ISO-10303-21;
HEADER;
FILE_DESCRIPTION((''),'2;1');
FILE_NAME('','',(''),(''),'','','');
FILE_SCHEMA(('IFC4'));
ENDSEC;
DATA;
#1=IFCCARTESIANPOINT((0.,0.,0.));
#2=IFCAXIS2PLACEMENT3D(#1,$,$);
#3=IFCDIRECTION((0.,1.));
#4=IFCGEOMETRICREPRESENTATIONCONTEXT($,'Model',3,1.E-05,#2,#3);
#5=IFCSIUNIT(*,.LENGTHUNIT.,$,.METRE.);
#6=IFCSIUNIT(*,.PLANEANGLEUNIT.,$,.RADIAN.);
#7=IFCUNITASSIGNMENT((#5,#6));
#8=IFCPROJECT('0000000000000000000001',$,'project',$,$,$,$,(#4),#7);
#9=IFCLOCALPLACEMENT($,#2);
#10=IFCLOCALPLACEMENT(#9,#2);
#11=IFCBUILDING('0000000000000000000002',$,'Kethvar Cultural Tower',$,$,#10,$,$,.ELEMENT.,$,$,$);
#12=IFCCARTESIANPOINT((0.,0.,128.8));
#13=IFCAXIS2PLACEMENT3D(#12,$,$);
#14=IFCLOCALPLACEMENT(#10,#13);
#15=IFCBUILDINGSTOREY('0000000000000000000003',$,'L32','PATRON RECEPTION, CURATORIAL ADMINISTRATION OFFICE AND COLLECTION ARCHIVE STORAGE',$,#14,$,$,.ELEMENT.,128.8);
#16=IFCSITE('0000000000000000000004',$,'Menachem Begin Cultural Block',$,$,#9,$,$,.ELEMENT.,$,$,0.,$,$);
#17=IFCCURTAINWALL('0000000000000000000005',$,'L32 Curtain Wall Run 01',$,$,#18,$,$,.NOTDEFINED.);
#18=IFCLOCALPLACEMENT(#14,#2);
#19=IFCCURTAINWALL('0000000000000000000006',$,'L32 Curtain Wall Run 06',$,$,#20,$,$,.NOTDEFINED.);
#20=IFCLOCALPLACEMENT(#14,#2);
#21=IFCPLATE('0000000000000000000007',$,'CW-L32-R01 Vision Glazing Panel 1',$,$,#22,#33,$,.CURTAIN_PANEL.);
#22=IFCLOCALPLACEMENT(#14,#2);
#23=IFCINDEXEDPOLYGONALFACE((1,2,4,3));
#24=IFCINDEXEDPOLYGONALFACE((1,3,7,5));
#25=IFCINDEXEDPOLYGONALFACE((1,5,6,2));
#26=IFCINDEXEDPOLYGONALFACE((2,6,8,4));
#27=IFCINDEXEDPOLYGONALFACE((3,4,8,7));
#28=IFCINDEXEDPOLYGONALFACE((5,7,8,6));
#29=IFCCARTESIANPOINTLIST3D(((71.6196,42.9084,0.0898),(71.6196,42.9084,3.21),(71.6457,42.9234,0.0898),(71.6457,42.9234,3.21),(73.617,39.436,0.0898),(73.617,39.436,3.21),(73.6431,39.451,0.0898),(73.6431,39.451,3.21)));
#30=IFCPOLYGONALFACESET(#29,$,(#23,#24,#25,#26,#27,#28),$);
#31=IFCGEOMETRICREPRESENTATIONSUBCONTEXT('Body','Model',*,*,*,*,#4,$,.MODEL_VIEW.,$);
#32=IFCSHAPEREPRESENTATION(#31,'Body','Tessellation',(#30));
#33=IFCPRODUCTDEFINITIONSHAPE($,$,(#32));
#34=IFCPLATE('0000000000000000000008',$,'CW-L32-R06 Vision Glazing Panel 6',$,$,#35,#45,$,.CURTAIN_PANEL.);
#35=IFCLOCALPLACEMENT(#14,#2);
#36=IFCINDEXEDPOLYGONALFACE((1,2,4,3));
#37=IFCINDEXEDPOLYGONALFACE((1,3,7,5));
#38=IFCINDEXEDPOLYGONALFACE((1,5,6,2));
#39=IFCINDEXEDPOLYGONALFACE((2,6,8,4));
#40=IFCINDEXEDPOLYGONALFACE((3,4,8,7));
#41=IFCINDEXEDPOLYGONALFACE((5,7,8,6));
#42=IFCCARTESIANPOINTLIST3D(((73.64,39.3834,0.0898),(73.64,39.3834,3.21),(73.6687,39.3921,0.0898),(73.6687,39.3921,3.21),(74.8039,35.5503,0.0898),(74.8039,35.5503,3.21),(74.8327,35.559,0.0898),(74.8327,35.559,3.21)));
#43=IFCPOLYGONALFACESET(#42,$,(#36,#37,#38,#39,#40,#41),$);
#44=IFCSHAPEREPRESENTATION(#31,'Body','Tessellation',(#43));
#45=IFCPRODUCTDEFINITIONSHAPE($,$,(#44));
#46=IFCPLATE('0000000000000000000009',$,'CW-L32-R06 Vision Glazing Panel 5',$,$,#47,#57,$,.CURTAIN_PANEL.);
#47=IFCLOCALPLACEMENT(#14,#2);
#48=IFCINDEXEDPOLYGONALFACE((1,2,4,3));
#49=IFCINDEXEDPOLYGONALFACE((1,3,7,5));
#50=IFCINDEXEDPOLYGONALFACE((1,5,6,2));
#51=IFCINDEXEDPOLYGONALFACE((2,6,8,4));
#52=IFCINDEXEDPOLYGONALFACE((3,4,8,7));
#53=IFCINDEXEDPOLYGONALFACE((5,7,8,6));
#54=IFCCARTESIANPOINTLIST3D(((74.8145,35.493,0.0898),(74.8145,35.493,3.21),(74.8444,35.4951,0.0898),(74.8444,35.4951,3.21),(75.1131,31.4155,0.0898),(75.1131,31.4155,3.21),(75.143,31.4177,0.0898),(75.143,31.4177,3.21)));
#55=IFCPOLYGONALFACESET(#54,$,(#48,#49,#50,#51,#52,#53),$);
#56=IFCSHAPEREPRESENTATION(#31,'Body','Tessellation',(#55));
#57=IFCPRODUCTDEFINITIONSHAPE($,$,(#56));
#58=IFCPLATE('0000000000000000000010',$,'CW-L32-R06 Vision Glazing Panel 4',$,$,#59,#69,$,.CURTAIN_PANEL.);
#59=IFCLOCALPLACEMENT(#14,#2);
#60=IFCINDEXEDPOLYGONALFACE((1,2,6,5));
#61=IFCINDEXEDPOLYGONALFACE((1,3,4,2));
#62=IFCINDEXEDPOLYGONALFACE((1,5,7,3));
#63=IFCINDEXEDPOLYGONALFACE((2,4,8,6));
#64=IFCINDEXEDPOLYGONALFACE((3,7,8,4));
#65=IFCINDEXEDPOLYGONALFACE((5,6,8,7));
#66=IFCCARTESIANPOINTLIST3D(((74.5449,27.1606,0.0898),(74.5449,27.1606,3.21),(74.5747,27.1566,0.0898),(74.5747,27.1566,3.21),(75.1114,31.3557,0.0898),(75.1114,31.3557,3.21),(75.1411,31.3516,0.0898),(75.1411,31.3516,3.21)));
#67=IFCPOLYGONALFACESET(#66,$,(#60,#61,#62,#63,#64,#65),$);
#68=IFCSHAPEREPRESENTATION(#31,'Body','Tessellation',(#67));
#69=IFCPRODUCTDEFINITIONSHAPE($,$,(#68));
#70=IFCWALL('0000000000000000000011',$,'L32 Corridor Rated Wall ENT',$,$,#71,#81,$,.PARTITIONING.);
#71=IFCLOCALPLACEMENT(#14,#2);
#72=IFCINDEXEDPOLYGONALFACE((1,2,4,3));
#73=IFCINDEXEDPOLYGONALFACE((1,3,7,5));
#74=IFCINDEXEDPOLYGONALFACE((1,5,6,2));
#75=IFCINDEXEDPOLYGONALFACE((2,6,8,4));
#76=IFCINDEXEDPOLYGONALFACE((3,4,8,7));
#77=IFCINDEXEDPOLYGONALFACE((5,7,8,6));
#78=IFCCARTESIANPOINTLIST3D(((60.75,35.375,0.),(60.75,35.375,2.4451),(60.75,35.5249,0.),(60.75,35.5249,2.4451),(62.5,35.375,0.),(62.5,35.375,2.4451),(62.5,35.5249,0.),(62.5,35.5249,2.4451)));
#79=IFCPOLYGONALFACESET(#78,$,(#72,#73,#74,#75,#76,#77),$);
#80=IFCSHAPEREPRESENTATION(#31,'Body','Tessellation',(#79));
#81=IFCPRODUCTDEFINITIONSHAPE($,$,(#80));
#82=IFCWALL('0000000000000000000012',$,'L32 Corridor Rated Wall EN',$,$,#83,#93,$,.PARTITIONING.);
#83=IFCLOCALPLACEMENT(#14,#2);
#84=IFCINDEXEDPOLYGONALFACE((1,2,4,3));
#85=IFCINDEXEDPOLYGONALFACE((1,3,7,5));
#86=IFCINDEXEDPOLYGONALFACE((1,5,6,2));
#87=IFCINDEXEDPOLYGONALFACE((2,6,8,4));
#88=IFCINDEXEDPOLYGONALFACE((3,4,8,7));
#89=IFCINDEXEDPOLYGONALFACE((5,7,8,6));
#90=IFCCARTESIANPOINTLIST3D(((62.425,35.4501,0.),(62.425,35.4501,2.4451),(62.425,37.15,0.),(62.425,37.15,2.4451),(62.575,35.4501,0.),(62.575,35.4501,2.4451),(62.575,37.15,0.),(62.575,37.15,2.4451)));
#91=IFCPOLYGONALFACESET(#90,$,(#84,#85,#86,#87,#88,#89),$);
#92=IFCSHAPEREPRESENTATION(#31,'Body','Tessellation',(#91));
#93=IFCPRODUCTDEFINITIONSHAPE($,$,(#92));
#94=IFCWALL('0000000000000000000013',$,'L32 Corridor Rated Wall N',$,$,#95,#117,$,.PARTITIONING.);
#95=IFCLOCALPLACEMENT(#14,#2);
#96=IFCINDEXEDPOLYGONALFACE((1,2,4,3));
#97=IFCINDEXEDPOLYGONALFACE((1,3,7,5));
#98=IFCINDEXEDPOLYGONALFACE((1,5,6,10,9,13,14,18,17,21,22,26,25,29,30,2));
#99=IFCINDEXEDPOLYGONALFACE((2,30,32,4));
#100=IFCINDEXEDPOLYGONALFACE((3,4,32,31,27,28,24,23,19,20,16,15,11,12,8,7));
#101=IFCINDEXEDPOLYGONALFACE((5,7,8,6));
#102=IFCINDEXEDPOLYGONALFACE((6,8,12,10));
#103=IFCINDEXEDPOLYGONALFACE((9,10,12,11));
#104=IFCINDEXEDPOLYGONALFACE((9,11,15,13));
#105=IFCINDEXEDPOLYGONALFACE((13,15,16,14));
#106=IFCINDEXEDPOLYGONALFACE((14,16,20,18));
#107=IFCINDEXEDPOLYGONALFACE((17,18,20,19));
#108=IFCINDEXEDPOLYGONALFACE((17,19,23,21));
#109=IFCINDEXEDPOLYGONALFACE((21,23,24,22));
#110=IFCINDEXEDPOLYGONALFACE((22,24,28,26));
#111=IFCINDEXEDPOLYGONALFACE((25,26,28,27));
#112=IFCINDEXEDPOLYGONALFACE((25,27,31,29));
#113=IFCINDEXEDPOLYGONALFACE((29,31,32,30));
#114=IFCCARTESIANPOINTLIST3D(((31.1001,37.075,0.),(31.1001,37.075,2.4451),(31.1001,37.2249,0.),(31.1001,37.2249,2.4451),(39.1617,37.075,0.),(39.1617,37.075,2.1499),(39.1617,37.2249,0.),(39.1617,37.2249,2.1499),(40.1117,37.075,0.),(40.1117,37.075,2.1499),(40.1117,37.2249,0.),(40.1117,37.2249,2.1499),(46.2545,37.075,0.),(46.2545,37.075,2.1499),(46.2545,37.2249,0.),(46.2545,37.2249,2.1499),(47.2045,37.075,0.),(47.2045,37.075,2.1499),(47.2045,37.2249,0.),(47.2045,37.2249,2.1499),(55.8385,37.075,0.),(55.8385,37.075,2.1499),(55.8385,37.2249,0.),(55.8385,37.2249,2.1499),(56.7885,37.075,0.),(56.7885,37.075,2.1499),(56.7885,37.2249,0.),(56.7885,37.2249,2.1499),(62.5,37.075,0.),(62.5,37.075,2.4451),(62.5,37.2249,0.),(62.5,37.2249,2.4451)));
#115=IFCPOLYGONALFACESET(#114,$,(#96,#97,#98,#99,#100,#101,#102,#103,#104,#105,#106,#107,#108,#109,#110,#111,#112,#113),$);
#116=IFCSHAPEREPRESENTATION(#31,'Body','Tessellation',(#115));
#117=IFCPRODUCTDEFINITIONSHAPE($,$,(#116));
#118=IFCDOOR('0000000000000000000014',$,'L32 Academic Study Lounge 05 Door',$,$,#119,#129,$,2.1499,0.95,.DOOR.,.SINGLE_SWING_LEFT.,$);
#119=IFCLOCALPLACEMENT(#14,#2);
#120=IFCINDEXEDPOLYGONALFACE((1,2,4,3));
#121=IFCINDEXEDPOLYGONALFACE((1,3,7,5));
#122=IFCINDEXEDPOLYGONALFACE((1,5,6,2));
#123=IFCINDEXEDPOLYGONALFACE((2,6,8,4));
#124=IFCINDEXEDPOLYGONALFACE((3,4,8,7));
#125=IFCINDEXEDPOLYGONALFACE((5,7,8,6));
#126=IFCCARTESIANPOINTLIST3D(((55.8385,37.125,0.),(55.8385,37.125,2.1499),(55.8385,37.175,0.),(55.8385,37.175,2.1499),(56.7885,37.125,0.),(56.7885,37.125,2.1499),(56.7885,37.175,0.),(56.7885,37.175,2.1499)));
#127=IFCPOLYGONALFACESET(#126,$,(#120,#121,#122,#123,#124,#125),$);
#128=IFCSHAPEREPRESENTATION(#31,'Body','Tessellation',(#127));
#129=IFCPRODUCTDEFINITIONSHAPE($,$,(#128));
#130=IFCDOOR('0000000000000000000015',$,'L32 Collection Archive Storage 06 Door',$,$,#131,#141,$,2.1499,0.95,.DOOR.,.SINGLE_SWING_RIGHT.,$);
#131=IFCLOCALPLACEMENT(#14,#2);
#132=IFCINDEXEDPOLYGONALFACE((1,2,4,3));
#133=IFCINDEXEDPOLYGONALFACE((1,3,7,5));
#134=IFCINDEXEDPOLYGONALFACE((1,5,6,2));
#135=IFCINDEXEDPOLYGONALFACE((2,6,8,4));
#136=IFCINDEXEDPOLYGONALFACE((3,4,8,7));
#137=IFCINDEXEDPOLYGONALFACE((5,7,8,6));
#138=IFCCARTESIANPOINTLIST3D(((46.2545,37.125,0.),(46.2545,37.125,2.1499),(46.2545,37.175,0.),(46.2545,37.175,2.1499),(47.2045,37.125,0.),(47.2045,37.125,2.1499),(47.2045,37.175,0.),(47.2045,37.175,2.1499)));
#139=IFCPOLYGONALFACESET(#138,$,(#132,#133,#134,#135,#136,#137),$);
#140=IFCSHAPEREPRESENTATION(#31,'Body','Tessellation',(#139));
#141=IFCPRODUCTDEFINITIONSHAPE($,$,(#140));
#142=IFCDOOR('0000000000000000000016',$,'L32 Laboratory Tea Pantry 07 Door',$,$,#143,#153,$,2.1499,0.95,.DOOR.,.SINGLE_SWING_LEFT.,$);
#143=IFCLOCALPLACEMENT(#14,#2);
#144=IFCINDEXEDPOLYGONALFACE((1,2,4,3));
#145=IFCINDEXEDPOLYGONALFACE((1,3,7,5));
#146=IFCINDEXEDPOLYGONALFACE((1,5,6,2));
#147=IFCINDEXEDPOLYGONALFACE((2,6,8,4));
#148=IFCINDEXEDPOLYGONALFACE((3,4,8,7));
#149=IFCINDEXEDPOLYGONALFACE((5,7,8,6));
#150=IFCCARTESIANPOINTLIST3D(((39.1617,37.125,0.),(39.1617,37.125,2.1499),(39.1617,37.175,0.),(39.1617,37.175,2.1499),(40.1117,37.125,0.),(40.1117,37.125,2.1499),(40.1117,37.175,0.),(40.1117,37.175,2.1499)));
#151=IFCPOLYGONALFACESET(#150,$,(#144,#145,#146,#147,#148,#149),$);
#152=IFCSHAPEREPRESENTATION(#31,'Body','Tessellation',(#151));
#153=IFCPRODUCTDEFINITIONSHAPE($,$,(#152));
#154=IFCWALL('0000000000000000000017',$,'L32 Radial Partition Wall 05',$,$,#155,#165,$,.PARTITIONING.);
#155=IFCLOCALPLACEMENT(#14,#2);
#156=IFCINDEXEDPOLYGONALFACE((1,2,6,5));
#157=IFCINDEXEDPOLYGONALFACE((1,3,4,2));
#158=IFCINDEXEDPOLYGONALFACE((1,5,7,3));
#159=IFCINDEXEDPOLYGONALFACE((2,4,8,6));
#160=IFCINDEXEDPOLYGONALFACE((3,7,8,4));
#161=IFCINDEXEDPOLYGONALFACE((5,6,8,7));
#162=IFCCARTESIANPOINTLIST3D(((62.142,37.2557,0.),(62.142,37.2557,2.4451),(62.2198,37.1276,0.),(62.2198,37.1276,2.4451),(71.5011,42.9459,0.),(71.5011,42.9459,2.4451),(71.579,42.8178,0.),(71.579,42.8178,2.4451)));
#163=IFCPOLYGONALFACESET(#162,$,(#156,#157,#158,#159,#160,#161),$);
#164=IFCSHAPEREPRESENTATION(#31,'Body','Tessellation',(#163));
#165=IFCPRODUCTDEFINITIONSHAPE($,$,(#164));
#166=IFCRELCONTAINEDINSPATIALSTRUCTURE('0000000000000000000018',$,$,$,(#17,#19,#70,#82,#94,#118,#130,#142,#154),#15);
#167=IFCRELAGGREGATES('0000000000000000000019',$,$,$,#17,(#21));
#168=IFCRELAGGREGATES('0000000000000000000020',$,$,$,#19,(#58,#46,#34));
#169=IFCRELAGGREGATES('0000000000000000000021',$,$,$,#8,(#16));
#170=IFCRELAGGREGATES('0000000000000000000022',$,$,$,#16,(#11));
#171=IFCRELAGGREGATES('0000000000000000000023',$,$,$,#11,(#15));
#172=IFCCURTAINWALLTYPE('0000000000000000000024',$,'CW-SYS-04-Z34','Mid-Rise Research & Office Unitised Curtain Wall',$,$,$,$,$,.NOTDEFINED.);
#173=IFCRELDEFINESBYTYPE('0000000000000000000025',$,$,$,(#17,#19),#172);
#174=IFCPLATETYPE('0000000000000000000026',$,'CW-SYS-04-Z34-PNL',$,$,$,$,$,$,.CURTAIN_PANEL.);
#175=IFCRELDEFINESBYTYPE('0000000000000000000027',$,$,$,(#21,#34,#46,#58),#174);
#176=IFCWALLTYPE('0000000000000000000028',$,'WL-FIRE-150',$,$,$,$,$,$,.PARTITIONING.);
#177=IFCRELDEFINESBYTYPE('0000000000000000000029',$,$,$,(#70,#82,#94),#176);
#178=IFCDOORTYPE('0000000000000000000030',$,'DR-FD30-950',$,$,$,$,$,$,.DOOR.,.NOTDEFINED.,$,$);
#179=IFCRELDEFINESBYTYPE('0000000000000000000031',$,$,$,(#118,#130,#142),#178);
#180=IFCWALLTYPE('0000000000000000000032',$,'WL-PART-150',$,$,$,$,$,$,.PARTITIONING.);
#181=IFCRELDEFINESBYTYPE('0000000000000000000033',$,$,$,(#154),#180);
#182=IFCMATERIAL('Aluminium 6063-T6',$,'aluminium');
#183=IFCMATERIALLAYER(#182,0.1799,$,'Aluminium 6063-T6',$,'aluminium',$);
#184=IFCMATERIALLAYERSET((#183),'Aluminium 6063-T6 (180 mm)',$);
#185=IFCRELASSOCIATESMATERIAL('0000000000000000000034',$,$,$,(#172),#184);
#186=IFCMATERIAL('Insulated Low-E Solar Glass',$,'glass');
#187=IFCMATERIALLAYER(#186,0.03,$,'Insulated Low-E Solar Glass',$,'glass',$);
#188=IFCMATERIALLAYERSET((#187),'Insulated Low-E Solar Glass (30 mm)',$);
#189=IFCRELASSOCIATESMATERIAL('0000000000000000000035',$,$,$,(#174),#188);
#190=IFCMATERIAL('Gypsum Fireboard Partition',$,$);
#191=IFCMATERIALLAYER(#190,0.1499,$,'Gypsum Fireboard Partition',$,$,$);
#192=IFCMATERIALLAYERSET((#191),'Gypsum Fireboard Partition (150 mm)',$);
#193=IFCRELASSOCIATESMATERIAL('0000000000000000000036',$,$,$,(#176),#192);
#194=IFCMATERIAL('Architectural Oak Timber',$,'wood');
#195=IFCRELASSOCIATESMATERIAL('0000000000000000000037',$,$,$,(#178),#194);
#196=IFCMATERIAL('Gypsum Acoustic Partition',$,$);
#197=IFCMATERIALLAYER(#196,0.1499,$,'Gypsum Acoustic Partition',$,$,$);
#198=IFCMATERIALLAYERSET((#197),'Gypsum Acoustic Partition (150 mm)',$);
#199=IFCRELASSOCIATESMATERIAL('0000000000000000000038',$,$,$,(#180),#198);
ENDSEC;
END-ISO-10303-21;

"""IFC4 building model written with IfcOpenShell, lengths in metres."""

from ifc_helpers import new_model, si_unit, direction, frame, frame_2d, origin, origin_2d, place, context, subcontext, project, spatial, rectangle, extrude, source, transform, mapped, material, layer, layer_set, type_object, element, fill, aggregate, save


model = new_model("IFC4")

# Units and contexts
model_context = context("Model", 3, precision=1e-05, world=origin(), true_north=direction((0.0, 1.0)))
body_context = subcontext(model_context, "Body", "Model", "MODEL_VIEW")
ifc_project = project(units=[si_unit("LENGTHUNIT", "METRE"), si_unit("PLANEANGLEUNIT", "RADIAN")], contexts=[model_context])

# Site, building, storey
site_placement = place(None, origin())
site = spatial("IfcSite", under=ifc_project, at=site_placement, Name="Menachem Begin Cultural Block", CompositionType="ELEMENT", RefElevation=0.0)
building_placement = place(site_placement, origin())
building = spatial("IfcBuilding", under=site, at=building_placement, Name="Kethvar Cultural Tower", CompositionType="ELEMENT")
storey_placement = place(building_placement, frame((0.0, 0.0, 128.8)))
storey = spatial("IfcBuildingStorey", under=building, at=storey_placement, Name="L32", Description="PATRON RECEPTION, CURATORIAL ADMINISTRATION OFFICE AND COLLECTION ARCHIVE STORAGE", CompositionType="ELEMENT", Elevation=128.8)

# Curtain wall
ifc_material_1 = material(Name="Aluminium 6063-T6", Category="aluminium")
ifc_layer_1 = layer(ifc_material_1, 0.1799, Name="Aluminium 6063-T6", Category="aluminium")
ifc_layer_set_1 = layer_set([ifc_layer_1], Name="Aluminium 6063-T6 (180 mm)")
curtain_wall_type = type_object("IfcCurtainWallType", Name="CW-SYS-04-Z34", Description="Mid-Rise Research & Office Unitised Curtain Wall", PredefinedType="NOTDEFINED", material=ifc_layer_set_1)
curtain_wall_1_placement = place(storey_placement, origin())
curtain_wall_1 = element("IfcCurtainWall", 1, at=curtain_wall_1_placement, inside=storey, type_object=curtain_wall_type, Name="L32 Curtain Wall Run 01", PredefinedType="NOTDEFINED")

# Curtain wall
curtain_wall_2_placement = place(storey_placement, origin())
curtain_wall_2 = element("IfcCurtainWall", 2, at=curtain_wall_2_placement, inside=storey, type_object=curtain_wall_type, Name="L32 Curtain Wall Run 06", PredefinedType="NOTDEFINED")

# Plates
ifc_material_2 = material(Name="Insulated Low-E Solar Glass", Category="glass")
ifc_layer_2 = layer(ifc_material_2, 0.03, Name="Insulated Low-E Solar Glass", Category="glass")
ifc_layer_set_2 = layer_set([ifc_layer_2], Name="Insulated Low-E Solar Glass (30 mm)")
plate_type = type_object("IfcPlateType", Name="CW-SYS-04-Z34-PNL", PredefinedType="CURTAIN_PANEL", material=ifc_layer_set_2)
shared_shape_1 = source(origin(), body_context, "Body", "SweptSolid", [
    extrude(rectangle(XDim=4.0059, YDim=0.03, at=origin_2d()), origin(), (0.0, 0.0, 1.0), 3.1201),
])
plate_1_placement = place(storey_placement, frame((72.6313, 41.1797, 0.0898), z_axis=(0.0, 0.0, 1.0), x_axis=(-0.498624, 0.866818, 0.0)))
plate_1 = element("IfcPlate", 3, at=plate_1_placement, type_object=plate_type, Name="CW-L32-R01 Vision Glazing Panel 1", PredefinedType="CURTAIN_PANEL", context=body_context, shape_type="MappedRepresentation", body=[
    mapped(shared_shape_1, transform((0.0, 0.0, 0.0), scale=1.0)),
])
aggregate(curtain_wall_1, [plate_1])
plate_2_placement = place(storey_placement, frame((74.2363, 37.4712, 0.0898), z_axis=(0.0, 0.0, 1.0), x_axis=(-0.290552, 0.956859, 0.0)))
plate_2 = element("IfcPlate", 4, at=plate_2_placement, type_object=plate_type, Name="CW-L32-R06 Vision Glazing Panel 6", PredefinedType="CURTAIN_PANEL", context=body_context, shape_type="MappedRepresentation", body=[
    mapped(shared_shape_1, transform((0.0, 0.0, 0.0), scale=1.0)),
])
shared_shape_2 = source(origin(), body_context, "Body", "SweptSolid", [
    extrude(rectangle(XDim=4.0884, YDim=0.03, at=origin_2d()), origin(), (0.0, 0.0, 1.0), 3.1201),
])
plate_3_placement = place(storey_placement, frame((74.9788, 33.4553, 0.0898), z_axis=(0.0, 0.0, 1.0), x_axis=(-0.073029, 0.99733, 0.0)))
plate_3 = element("IfcPlate", 5, at=plate_3_placement, type_object=plate_type, Name="CW-L32-R06 Vision Glazing Panel 5", PredefinedType="CURTAIN_PANEL", context=body_context, shape_type="MappedRepresentation", body=[
    mapped(shared_shape_2, transform((0.0, 0.0, 0.0), scale=1.0)),
])
shared_shape_3 = source(origin(), body_context, "Body", "SweptSolid", [
    extrude(rectangle(XDim=4.2332, YDim=0.03, at=origin_2d()), origin(), (0.0, 0.0, 1.0), 3.1201),
])
plate_4_placement = place(storey_placement, frame((74.843, 29.2561, 0.0898), z_axis=(0.0, 0.0, 1.0), x_axis=(0.133813, 0.991007, 0.0)))
plate_4 = element("IfcPlate", 6, at=plate_4_placement, type_object=plate_type, Name="CW-L32-R06 Vision Glazing Panel 4", PredefinedType="CURTAIN_PANEL", context=body_context, shape_type="MappedRepresentation", body=[
    mapped(shared_shape_3, transform((0.0, 0.0, 0.0), scale=1.0)),
])
aggregate(curtain_wall_2, [plate_4, plate_3, plate_2])

# Walls
ifc_material_3 = material(Name="Gypsum Fireboard Partition")
ifc_layer_3 = layer(ifc_material_3, 0.1499, Name="Gypsum Fireboard Partition")
ifc_layer_set_3 = layer_set([ifc_layer_3], Name="Gypsum Fireboard Partition (150 mm)")
wall_type_1 = type_object("IfcWallType", Name="WL-FIRE-150", PredefinedType="PARTITIONING", material=ifc_layer_set_3)
wall_1_placement = place(storey_placement, frame((60.75, 35.45, 0.0), z_axis=(0.0, 0.0, 1.0), x_axis=(1.0, 0.0, 0.0)))
element("IfcWall", 7, at=wall_1_placement, inside=storey, type_object=wall_type_1, Name="L32 Corridor Rated Wall ENT", PredefinedType="PARTITIONING", context=body_context, shape_type="SweptSolid", body=[
    extrude(rectangle(XDim=1.75, YDim=0.1499, at=frame_2d((0.875, 0.0))), origin(), (0.0, 0.0, 1.0), 2.4451),
])
wall_2_placement = place(storey_placement, frame((62.5, 35.45, 0.0), z_axis=(0.0, 0.0, 1.0), x_axis=(0.0, 1.0, 0.0)))
element("IfcWall", 8, at=wall_2_placement, inside=storey, type_object=wall_type_1, Name="L32 Corridor Rated Wall EN", PredefinedType="PARTITIONING", context=body_context, shape_type="SweptSolid", body=[
    extrude(rectangle(XDim=1.7, YDim=0.1499, at=frame_2d((0.8501, 0.0))), origin(), (0.0, 0.0, 1.0), 2.4451),
])

# Wall, openings, doors
wall_3_placement = place(storey_placement, frame((62.5, 37.1499, 0.0), z_axis=(0.0, 0.0, 1.0), x_axis=(-1.0, 0.0, 0.0)))
wall_3 = element("IfcWall", 9, at=wall_3_placement, inside=storey, type_object=wall_type_1, Name="L32 Corridor Rated Wall N", PredefinedType="PARTITIONING", context=body_context, shape_type="SweptSolid", body=[
    extrude(rectangle(XDim=31.3999, YDim=0.1499, at=frame_2d((15.7, 0.0))), origin(), (0.0, 0.0, 1.0), 2.4451),
])
opening_1_placement = place(wall_3_placement, frame((5.7114, 0.0, 0.0)))
opening_1 = element("IfcOpeningElement", 10, at=opening_1_placement, cuts=wall_3, PredefinedType="OPENING", context=body_context, shape_type="SweptSolid", body=[
    extrude(rectangle(XDim=0.95, YDim=2.1499, at=frame_2d((0.4751, 1.075))), frame((0.0, 0.085, 0.0), z_axis=(0.0, -1.0, 0.0), x_axis=(1.0, 0.0, 0.0)), (0.0, 0.0, 1.0), 0.1699),
])
opening_2_placement = place(wall_3_placement, frame((15.2954, 0.0, 0.0)))
opening_2 = element("IfcOpeningElement", 11, at=opening_2_placement, cuts=wall_3, PredefinedType="OPENING", context=body_context, shape_type="SweptSolid", body=[
    extrude(rectangle(XDim=0.95, YDim=2.1499, at=frame_2d((0.4751, 1.075))), frame((0.0, 0.085, 0.0), z_axis=(0.0, -1.0, 0.0), x_axis=(1.0, 0.0, 0.0)), (0.0, 0.0, 1.0), 0.1699),
])
opening_3_placement = place(wall_3_placement, frame((22.3882, 0.0, 0.0)))
opening_3 = element("IfcOpeningElement", 12, at=opening_3_placement, cuts=wall_3, PredefinedType="OPENING", context=body_context, shape_type="SweptSolid", body=[
    extrude(rectangle(XDim=0.95, YDim=2.1499, at=frame_2d((0.4751, 1.075))), frame((0.0, 0.085, 0.0), z_axis=(0.0, -1.0, 0.0), x_axis=(1.0, 0.0, 0.0)), (0.0, 0.0, 1.0), 0.1699),
])
ifc_material_4 = material(Name="Architectural Oak Timber", Category="wood")
door_type = type_object("IfcDoorType", Name="DR-FD30-950", OperationType="NOTDEFINED", PredefinedType="DOOR", material=ifc_material_4)
shared_shape_4 = source(origin(), body_context, "Body", "SweptSolid", [
    extrude(rectangle(XDim=0.95, YDim=2.1499, at=frame_2d((0.4751, 1.075))), frame((0.0, 0.0249, 0.0), z_axis=(0.0, -1.0, 0.0), x_axis=(1.0, 0.0, 0.0)), (0.0, 0.0, 1.0), 0.05),
])
door_1_placement = place(opening_1_placement, origin())
door_1 = element("IfcDoor", 13, at=door_1_placement, inside=storey, type_object=door_type, Name="L32 Academic Study Lounge 05 Door", OperationType="SINGLE_SWING_LEFT", OverallHeight=2.1499, OverallWidth=0.95, PredefinedType="DOOR", context=body_context, shape_type="MappedRepresentation", body=[
    mapped(shared_shape_4, transform((0.0, 0.0, 0.0), scale=1.0)),
])
fill(opening_1, door_1)
door_2_placement = place(opening_2_placement, origin())
door_2 = element("IfcDoor", 14, at=door_2_placement, inside=storey, type_object=door_type, Name="L32 Collection Archive Storage 06 Door", OperationType="SINGLE_SWING_RIGHT", OverallHeight=2.1499, OverallWidth=0.95, PredefinedType="DOOR", context=body_context, shape_type="MappedRepresentation", body=[
    mapped(shared_shape_4, transform((0.0, 0.0, 0.0), scale=1.0)),
])
fill(opening_2, door_2)
door_3_placement = place(opening_3_placement, origin())
door_3 = element("IfcDoor", 15, at=door_3_placement, inside=storey, type_object=door_type, Name="L32 Laboratory Tea Pantry 07 Door", OperationType="SINGLE_SWING_LEFT", OverallHeight=2.1499, OverallWidth=0.95, PredefinedType="DOOR", context=body_context, shape_type="MappedRepresentation", body=[
    mapped(shared_shape_4, transform((0.0, 0.0, 0.0), scale=1.0)),
])
fill(opening_3, door_3)

# Wall
ifc_material_5 = material(Name="Gypsum Acoustic Partition")
ifc_layer_4 = layer(ifc_material_5, 0.1499, Name="Gypsum Acoustic Partition")
ifc_layer_set_4 = layer_set([ifc_layer_4], Name="Gypsum Acoustic Partition (150 mm)")
wall_type_2 = type_object("IfcWallType", Name="WL-PART-150", PredefinedType="PARTITIONING", material=ifc_layer_set_4)
wall_4_placement = place(storey_placement, frame((62.1809, 37.1917, 0.0), z_axis=(0.0, 0.0, 1.0), x_axis=(0.854469, 0.519502, 0.0)))
element("IfcWall", 16, at=wall_4_placement, inside=storey, type_object=wall_type_2, Name="L32 Radial Partition Wall 05", PredefinedType="PARTITIONING", context=body_context, shape_type="SweptSolid", body=[
    extrude(rectangle(XDim=10.9531, YDim=0.1499, at=frame_2d((5.4766, 0.0))), origin(), (0.0, 0.0, 1.0), 2.4451),
])

save(model, "model.ifc")
